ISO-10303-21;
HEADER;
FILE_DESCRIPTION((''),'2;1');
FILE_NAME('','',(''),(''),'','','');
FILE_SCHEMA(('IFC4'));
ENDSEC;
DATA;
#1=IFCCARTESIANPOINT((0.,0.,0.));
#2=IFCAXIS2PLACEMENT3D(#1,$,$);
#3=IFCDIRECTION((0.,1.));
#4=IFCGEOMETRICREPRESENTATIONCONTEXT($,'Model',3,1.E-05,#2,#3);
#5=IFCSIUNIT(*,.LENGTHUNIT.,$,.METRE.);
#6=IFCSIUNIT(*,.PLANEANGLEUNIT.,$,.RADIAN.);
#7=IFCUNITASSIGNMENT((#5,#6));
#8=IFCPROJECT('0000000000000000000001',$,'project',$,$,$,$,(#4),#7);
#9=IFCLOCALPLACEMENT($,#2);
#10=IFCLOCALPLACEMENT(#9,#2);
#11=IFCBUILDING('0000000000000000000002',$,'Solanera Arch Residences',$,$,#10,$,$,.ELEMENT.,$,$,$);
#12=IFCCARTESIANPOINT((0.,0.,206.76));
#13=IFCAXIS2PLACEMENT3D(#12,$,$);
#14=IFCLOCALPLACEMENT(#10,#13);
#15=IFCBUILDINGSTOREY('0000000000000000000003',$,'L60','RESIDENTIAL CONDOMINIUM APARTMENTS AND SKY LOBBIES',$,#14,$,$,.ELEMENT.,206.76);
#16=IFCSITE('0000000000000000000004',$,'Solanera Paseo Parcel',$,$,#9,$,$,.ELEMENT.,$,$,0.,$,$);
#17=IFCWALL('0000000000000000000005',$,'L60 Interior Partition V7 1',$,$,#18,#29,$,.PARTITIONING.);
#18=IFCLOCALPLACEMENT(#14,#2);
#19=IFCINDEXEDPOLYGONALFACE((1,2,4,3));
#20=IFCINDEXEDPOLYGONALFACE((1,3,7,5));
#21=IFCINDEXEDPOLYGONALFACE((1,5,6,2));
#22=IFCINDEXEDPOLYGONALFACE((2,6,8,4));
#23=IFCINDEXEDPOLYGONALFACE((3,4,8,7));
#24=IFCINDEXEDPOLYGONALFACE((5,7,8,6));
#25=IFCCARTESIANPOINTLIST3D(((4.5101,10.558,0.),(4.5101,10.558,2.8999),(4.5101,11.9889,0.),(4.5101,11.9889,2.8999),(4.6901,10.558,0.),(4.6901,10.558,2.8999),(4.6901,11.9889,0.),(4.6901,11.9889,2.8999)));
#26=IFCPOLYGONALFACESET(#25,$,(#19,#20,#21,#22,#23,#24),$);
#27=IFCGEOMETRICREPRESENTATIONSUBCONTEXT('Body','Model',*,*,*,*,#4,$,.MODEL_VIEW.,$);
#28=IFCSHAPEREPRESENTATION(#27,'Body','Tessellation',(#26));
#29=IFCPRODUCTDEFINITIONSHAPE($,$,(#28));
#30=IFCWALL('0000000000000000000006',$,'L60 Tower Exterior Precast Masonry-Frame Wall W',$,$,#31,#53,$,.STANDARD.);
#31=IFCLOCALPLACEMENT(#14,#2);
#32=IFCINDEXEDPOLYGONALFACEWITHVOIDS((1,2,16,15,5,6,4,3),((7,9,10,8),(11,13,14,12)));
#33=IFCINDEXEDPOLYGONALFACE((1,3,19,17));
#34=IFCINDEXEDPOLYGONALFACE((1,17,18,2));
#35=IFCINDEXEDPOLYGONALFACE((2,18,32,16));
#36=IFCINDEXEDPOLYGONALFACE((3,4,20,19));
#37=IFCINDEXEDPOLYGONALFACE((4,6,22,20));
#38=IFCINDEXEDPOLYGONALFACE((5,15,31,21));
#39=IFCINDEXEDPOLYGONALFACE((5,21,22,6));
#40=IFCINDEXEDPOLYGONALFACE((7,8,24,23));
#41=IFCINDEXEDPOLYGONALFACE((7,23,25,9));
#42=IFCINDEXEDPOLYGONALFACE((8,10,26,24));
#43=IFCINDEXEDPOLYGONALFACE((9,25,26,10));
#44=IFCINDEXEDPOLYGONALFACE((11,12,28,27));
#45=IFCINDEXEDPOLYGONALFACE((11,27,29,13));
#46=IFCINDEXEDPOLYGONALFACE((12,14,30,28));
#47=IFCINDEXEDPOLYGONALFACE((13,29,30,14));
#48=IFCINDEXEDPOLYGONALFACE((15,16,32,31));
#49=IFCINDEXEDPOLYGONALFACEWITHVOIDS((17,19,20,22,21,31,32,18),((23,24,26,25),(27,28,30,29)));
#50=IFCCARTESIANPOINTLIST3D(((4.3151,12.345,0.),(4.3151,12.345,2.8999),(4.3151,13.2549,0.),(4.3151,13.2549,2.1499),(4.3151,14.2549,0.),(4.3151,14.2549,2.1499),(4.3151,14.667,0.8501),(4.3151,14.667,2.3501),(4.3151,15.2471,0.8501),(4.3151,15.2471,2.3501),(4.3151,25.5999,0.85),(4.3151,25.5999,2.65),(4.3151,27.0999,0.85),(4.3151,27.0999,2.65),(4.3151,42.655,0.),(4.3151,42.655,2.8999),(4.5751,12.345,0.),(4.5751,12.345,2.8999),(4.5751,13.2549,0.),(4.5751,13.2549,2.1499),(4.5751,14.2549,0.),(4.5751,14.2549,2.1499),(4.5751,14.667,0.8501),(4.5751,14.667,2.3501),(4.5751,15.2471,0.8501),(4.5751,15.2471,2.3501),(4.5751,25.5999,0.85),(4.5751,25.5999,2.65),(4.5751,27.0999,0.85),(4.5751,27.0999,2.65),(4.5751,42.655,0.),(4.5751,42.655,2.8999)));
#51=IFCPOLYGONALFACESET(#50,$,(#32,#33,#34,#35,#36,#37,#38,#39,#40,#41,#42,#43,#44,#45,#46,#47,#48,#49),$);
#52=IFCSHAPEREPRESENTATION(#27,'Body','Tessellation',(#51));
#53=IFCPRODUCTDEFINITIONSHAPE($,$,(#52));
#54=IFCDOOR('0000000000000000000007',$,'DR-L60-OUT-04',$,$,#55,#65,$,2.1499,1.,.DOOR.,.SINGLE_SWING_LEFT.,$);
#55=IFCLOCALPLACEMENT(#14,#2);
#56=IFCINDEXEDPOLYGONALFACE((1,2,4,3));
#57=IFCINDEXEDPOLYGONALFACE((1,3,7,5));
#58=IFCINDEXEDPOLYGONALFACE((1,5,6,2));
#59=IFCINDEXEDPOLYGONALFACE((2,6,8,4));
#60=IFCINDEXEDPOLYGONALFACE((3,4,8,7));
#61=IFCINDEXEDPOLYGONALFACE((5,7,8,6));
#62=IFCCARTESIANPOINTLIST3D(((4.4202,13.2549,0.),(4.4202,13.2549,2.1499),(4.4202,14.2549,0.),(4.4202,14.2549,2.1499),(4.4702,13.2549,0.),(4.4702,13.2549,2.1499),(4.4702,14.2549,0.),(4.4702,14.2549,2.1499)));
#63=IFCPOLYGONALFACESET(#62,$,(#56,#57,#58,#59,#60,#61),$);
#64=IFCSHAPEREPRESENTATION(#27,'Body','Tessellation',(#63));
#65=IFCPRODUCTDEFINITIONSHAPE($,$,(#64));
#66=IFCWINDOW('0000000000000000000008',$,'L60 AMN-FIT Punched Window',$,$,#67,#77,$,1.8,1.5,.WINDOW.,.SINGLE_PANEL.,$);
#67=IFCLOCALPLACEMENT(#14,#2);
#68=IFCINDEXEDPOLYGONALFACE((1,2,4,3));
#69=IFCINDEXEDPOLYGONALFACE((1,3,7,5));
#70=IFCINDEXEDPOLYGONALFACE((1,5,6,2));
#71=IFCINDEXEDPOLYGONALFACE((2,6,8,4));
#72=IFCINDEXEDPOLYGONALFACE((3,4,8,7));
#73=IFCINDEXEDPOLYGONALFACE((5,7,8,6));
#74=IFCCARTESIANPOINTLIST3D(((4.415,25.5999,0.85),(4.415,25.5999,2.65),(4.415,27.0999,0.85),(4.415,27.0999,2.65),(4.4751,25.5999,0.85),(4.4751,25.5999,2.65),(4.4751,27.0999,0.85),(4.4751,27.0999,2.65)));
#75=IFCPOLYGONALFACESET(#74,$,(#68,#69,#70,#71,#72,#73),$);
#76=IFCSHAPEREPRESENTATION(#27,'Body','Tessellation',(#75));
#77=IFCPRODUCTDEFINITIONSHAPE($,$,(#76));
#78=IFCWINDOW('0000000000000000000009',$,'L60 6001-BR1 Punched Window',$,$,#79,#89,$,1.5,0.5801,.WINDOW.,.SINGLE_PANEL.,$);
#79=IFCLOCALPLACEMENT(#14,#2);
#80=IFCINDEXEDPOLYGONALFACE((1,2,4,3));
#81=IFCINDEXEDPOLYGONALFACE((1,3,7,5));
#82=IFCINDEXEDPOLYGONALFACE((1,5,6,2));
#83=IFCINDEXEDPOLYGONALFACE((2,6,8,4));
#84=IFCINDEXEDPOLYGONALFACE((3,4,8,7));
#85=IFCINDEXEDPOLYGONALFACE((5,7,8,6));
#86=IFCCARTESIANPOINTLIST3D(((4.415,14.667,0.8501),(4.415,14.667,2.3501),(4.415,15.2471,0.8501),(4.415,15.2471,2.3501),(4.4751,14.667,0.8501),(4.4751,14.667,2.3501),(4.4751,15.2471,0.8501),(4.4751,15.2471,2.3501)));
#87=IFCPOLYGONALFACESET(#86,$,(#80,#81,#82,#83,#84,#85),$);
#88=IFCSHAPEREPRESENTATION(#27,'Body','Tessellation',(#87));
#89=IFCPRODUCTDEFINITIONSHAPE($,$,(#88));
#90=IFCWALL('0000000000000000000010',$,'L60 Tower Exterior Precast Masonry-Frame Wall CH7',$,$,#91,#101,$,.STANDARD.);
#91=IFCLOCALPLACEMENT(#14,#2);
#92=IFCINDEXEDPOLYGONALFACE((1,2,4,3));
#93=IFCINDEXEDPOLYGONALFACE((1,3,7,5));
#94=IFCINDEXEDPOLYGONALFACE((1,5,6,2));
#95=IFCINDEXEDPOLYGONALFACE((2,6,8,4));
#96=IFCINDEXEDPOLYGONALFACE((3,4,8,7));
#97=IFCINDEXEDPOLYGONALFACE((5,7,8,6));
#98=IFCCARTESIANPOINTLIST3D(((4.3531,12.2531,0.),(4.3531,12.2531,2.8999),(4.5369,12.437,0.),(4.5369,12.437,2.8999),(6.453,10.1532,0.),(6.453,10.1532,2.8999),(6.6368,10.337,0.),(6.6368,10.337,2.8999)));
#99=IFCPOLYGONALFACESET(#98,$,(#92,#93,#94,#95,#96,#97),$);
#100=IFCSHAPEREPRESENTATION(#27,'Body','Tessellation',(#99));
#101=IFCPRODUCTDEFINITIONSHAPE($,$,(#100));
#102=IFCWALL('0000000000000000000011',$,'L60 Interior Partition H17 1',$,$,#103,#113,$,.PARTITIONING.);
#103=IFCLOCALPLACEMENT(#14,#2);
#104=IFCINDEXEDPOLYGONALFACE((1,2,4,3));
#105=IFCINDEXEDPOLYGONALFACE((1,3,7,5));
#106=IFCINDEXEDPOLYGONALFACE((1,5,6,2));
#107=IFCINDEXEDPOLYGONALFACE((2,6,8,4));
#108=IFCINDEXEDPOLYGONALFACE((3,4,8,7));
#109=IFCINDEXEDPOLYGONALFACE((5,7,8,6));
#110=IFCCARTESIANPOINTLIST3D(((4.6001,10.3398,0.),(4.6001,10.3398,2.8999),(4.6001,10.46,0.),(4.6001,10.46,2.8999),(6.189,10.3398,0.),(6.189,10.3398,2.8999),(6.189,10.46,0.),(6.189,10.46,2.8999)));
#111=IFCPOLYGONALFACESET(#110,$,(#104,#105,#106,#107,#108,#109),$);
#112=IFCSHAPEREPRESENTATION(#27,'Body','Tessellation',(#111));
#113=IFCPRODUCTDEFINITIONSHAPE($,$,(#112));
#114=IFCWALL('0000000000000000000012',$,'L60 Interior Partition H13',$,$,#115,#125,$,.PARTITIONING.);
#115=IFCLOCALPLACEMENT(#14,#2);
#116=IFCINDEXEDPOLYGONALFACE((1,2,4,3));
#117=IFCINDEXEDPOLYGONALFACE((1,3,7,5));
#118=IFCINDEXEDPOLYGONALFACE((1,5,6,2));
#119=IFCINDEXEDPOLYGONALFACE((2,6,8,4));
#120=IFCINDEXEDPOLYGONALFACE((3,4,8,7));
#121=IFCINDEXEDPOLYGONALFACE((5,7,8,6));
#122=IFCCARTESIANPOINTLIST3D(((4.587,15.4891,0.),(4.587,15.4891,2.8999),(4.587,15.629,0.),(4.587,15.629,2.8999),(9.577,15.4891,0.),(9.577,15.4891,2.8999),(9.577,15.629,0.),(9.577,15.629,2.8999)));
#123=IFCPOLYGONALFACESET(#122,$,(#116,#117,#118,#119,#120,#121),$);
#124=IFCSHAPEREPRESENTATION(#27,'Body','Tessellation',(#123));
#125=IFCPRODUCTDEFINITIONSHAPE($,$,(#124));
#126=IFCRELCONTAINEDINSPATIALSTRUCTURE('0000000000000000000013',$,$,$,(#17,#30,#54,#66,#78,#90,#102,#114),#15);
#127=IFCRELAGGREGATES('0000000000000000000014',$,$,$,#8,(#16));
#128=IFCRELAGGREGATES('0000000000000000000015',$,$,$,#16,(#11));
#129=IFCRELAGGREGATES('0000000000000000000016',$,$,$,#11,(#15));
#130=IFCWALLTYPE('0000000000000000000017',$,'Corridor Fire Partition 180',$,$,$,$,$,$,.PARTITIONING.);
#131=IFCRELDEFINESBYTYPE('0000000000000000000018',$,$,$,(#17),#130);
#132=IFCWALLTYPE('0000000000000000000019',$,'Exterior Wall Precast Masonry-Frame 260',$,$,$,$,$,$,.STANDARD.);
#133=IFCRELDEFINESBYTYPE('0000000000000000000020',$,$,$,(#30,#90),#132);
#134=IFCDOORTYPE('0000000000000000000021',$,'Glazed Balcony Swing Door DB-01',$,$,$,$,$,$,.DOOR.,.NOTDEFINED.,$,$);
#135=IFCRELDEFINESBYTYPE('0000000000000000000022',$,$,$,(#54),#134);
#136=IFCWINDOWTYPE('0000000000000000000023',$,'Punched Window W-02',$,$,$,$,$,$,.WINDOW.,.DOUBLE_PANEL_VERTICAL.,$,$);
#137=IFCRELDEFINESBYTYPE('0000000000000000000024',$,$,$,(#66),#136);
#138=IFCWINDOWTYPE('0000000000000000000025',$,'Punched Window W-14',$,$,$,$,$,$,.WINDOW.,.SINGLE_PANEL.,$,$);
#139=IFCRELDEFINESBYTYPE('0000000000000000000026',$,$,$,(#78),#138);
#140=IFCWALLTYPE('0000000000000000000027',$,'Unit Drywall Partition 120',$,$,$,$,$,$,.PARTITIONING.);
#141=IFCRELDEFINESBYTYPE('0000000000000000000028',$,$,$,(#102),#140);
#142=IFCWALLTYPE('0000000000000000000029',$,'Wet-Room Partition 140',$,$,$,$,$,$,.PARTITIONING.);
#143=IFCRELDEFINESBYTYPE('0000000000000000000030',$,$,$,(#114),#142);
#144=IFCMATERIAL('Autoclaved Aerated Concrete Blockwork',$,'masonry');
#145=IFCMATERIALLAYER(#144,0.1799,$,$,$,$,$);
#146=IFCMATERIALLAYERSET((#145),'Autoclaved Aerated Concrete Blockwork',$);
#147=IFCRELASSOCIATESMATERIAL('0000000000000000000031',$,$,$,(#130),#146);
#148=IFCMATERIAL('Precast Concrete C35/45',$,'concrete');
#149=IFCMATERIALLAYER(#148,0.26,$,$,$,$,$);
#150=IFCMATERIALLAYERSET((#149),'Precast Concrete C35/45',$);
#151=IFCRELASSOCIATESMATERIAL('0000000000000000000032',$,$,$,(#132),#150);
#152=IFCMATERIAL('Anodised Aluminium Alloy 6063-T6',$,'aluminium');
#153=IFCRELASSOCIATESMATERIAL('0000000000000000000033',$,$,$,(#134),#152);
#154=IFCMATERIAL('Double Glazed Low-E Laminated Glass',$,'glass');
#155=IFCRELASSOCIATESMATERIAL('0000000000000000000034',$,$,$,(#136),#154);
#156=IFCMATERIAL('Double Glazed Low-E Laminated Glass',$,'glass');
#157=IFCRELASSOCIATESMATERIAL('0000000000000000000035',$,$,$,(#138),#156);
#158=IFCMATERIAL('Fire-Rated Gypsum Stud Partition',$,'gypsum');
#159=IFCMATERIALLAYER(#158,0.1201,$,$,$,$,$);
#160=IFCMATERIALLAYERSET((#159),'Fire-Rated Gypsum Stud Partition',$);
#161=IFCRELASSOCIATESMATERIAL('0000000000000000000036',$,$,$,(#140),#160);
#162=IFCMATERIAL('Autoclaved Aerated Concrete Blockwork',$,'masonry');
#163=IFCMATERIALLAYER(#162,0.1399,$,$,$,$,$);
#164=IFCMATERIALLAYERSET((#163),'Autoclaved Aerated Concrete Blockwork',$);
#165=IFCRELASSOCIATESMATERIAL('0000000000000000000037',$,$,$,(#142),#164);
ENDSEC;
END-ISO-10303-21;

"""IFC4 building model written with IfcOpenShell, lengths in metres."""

from ifc_helpers import new_model, si_unit, direction, frame, frame_2d, origin, place, context, subcontext, project, spatial, rectangle, extrude, material, layer, layer_set, type_object, element, fill, save


model = new_model("IFC4")

# Units and contexts
model_context = context("Model", 3, precision=1e-05, world=origin(), true_north=direction((0.0, 1.0)))
body_context = subcontext(model_context, "Body", "Model", "MODEL_VIEW")
ifc_project = project(units=[si_unit("LENGTHUNIT", "METRE"), si_unit("PLANEANGLEUNIT", "RADIAN")], contexts=[model_context])

# Site, building, storey
site_placement = place(None, origin())
site = spatial("IfcSite", under=ifc_project, at=site_placement, Name="Solanera Paseo Parcel", CompositionType="ELEMENT", RefElevation=0.0)
building_placement = place(site_placement, origin())
building = spatial("IfcBuilding", under=site, at=building_placement, Name="Solanera Arch Residences", CompositionType="ELEMENT")
storey_placement = place(building_placement, frame((0.0, 0.0, 206.76)))
storey = spatial("IfcBuildingStorey", under=building, at=storey_placement, Name="L60", Description="RESIDENTIAL CONDOMINIUM APARTMENTS AND SKY LOBBIES", CompositionType="ELEMENT", Elevation=206.76)

# Wall
ifc_material_1 = material(Name="Autoclaved Aerated Concrete Blockwork", Category="masonry")
ifc_layer_1 = layer(ifc_material_1, 0.1799)
ifc_layer_set_1 = layer_set([ifc_layer_1], Name="Autoclaved Aerated Concrete Blockwork")
wall_type_1 = type_object("IfcWallType", Name="Corridor Fire Partition 180", PredefinedType="PARTITIONING", material=ifc_layer_set_1)
wall_1_placement = place(storey_placement, frame((4.6001, 10.5581, 0.0), z_axis=(0.0, 0.0, 1.0), x_axis=(0.0, 1.0, 0.0)))
element("IfcWall", 1, at=wall_1_placement, inside=storey, type_object=wall_type_1, Name="L60 Interior Partition V7 1", PredefinedType="PARTITIONING", context=body_context, shape_type="SweptSolid", body=[
    extrude(rectangle(XDim=1.4309, YDim=0.1799, at=frame_2d((0.7153, 0.0))), origin(), (0.0, 0.0, 1.0), 2.8999),
])

# Wall, openings, door, windows
ifc_material_2 = material(Name="Precast Concrete C35/45", Category="concrete")
ifc_layer_2 = layer(ifc_material_2, 0.26)
ifc_layer_set_2 = layer_set([ifc_layer_2], Name="Precast Concrete C35/45")
wall_type_2 = type_object("IfcWallType", Name="Exterior Wall Precast Masonry-Frame 260", PredefinedType="STANDARD", material=ifc_layer_set_2)
wall_2_placement = place(storey_placement, frame((4.4451, 12.345, 0.0), z_axis=(0.0, 0.0, 1.0), x_axis=(0.0, 1.0, 0.0)))
wall_2 = element("IfcWall", 2, at=wall_2_placement, inside=storey, type_object=wall_type_2, Name="L60 Tower Exterior Precast Masonry-Frame Wall W", PredefinedType="STANDARD", context=body_context, shape_type="SweptSolid", body=[
    extrude(rectangle(XDim=30.3101, YDim=0.26, at=frame_2d((15.155, 0.0))), origin(), (0.0, 0.0, 1.0), 2.8999),
])
opening_1_placement = place(wall_2_placement, frame((0.9099, 0.0, 0.0)))
opening_1 = element("IfcOpeningElement", 3, at=opening_1_placement, cuts=wall_2, PredefinedType="OPENING", context=body_context, shape_type="SweptSolid", body=[
    extrude(rectangle(XDim=1.0, YDim=2.1499, at=frame_2d((0.5, 1.075))), frame((0.0, 0.1399, 0.0), z_axis=(0.0, -1.0, 0.0), x_axis=(1.0, 0.0, 0.0)), (0.0, 0.0, 1.0), 0.28),
])
opening_2_placement = place(wall_2_placement, frame((2.322, 0.0, 0.8501)))
opening_2 = element("IfcOpeningElement", 4, at=opening_2_placement, cuts=wall_2, PredefinedType="OPENING", context=body_context, shape_type="SweptSolid", body=[
    extrude(rectangle(XDim=0.5801, YDim=1.5, at=frame_2d((0.29, 0.75))), frame((0.0, 0.1399, 0.0), z_axis=(0.0, -1.0, 0.0), x_axis=(1.0, 0.0, 0.0)), (0.0, 0.0, 1.0), 0.28),
])
opening_3_placement = place(wall_2_placement, frame((13.2549, 0.0, 0.8501)))
opening_3 = element("IfcOpeningElement", 5, at=opening_3_placement, cuts=wall_2, PredefinedType="OPENING", context=body_context, shape_type="SweptSolid", body=[
    extrude(rectangle(XDim=1.5, YDim=1.8, at=frame_2d((0.75, 0.8999))), frame((0.0, 0.1399, 0.0), z_axis=(0.0, -1.0, 0.0), x_axis=(1.0, 0.0, 0.0)), (0.0, 0.0, 1.0), 0.28),
])
ifc_material_3 = material(Name="Anodised Aluminium Alloy 6063-T6", Category="aluminium")
door_type = type_object("IfcDoorType", Name="Glazed Balcony Swing Door DB-01", OperationType="NOTDEFINED", PredefinedType="DOOR", material=ifc_material_3)
door_placement = place(opening_1_placement, origin())
door = element("IfcDoor", 6, at=door_placement, inside=storey, type_object=door_type, Name="DR-L60-OUT-04", OperationType="SINGLE_SWING_LEFT", OverallHeight=2.1499, OverallWidth=1.0, PredefinedType="DOOR", context=body_context, shape_type="SweptSolid", body=[
    extrude(rectangle(XDim=1.0, YDim=2.1499, at=frame_2d((0.5, 1.075))), frame((0.0, 0.0249, 0.0), z_axis=(0.0, -1.0, 0.0), x_axis=(1.0, 0.0, 0.0)), (0.0, 0.0, 1.0), 0.05),
])
fill(opening_1, door)
ifc_material_4 = material(Name="Double Glazed Low-E Laminated Glass", Category="glass")
window_type_1 = type_object("IfcWindowType", Name="Punched Window W-02", PartitioningType="DOUBLE_PANEL_VERTICAL", PredefinedType="WINDOW", material=ifc_material_4)
window_1_placement = place(opening_3_placement, origin())
window_1 = element("IfcWindow", 7, at=window_1_placement, inside=storey, type_object=window_type_1, Name="L60 AMN-FIT Punched Window", OverallHeight=1.8, OverallWidth=1.5, PartitioningType="SINGLE_PANEL", PredefinedType="WINDOW", context=body_context, shape_type="SweptSolid", body=[
    extrude(rectangle(XDim=1.5, YDim=1.8, at=frame_2d((0.75, 0.8999))), frame((0.0, 0.03, 0.0), z_axis=(0.0, -1.0, 0.0), x_axis=(1.0, 0.0, 0.0)), (0.0, 0.0, 1.0), 0.0601),
])
fill(opening_3, window_1)
ifc_material_5 = material(Name="Double Glazed Low-E Laminated Glass", Category="glass")
window_type_2 = type_object("IfcWindowType", Name="Punched Window W-14", PartitioningType="SINGLE_PANEL", PredefinedType="WINDOW", material=ifc_material_5)
window_2_placement = place(opening_2_placement, origin())
window_2 = element("IfcWindow", 8, at=window_2_placement, inside=storey, type_object=window_type_2, Name="L60 6001-BR1 Punched Window", OverallHeight=1.5, OverallWidth=0.5801, PartitioningType="SINGLE_PANEL", PredefinedType="WINDOW", context=body_context, shape_type="SweptSolid", body=[
    extrude(rectangle(XDim=0.5801, YDim=1.5, at=frame_2d((0.29, 0.75))), frame((0.0, 0.03, 0.0), z_axis=(0.0, -1.0, 0.0), x_axis=(1.0, 0.0, 0.0)), (0.0, 0.0, 1.0), 0.0601),
])
fill(opening_2, window_2)

# Walls
wall_3_placement = place(storey_placement, frame((6.5449, 10.2451, 0.0), z_axis=(0.0, 0.0, 1.0), x_axis=(-0.707107, 0.707107, 0.0)))
element("IfcWall", 9, at=wall_3_placement, inside=storey, type_object=wall_type_2, Name="L60 Tower Exterior Precast Masonry-Frame Wall CH7", PredefinedType="STANDARD", context=body_context, shape_type="SweptSolid", body=[
    extrude(rectangle(XDim=2.9697, YDim=0.26, at=frame_2d((1.4849, 0.0))), origin(), (0.0, 0.0, 1.0), 2.8999),
])
ifc_material_6 = material(Name="Fire-Rated Gypsum Stud Partition", Category="gypsum")
ifc_layer_3 = layer(ifc_material_6, 0.1201)
ifc_layer_set_3 = layer_set([ifc_layer_3], Name="Fire-Rated Gypsum Stud Partition")
wall_type_3 = type_object("IfcWallType", Name="Unit Drywall Partition 120", PredefinedType="PARTITIONING", material=ifc_layer_set_3)
wall_4_placement = place(storey_placement, frame((4.6001, 10.3999, 0.0), z_axis=(0.0, 0.0, 1.0), x_axis=(1.0, 0.0, 0.0)))
element("IfcWall", 10, at=wall_4_placement, inside=storey, type_object=wall_type_3, Name="L60 Interior Partition H17 1", PredefinedType="PARTITIONING", context=body_context, shape_type="SweptSolid", body=[
    extrude(rectangle(XDim=1.5889, YDim=0.1201, at=frame_2d((0.7944, 0.0))), origin(), (0.0, 0.0, 1.0), 2.8999),
])
ifc_material_7 = material(Name="Autoclaved Aerated Concrete Blockwork", Category="masonry")
ifc_layer_4 = layer(ifc_material_7, 0.1399)
ifc_layer_set_4 = layer_set([ifc_layer_4], Name="Autoclaved Aerated Concrete Blockwork")
wall_type_4 = type_object("IfcWallType", Name="Wet-Room Partition 140", PredefinedType="PARTITIONING", material=ifc_layer_set_4)
wall_5_placement = place(storey_placement, frame((4.5869, 15.5591, 0.0), z_axis=(0.0, 0.0, 1.0), x_axis=(1.0, 0.0, 0.0)))
element("IfcWall", 11, at=wall_5_placement, inside=storey, type_object=wall_type_4, Name="L60 Interior Partition H13", PredefinedType="PARTITIONING", context=body_context, shape_type="SweptSolid", body=[
    extrude(rectangle(XDim=4.99, YDim=0.1399, at=frame_2d((2.4951, 0.0))), origin(), (0.0, 0.0, 1.0), 2.8999),
])

save(model, "model.ifc")
